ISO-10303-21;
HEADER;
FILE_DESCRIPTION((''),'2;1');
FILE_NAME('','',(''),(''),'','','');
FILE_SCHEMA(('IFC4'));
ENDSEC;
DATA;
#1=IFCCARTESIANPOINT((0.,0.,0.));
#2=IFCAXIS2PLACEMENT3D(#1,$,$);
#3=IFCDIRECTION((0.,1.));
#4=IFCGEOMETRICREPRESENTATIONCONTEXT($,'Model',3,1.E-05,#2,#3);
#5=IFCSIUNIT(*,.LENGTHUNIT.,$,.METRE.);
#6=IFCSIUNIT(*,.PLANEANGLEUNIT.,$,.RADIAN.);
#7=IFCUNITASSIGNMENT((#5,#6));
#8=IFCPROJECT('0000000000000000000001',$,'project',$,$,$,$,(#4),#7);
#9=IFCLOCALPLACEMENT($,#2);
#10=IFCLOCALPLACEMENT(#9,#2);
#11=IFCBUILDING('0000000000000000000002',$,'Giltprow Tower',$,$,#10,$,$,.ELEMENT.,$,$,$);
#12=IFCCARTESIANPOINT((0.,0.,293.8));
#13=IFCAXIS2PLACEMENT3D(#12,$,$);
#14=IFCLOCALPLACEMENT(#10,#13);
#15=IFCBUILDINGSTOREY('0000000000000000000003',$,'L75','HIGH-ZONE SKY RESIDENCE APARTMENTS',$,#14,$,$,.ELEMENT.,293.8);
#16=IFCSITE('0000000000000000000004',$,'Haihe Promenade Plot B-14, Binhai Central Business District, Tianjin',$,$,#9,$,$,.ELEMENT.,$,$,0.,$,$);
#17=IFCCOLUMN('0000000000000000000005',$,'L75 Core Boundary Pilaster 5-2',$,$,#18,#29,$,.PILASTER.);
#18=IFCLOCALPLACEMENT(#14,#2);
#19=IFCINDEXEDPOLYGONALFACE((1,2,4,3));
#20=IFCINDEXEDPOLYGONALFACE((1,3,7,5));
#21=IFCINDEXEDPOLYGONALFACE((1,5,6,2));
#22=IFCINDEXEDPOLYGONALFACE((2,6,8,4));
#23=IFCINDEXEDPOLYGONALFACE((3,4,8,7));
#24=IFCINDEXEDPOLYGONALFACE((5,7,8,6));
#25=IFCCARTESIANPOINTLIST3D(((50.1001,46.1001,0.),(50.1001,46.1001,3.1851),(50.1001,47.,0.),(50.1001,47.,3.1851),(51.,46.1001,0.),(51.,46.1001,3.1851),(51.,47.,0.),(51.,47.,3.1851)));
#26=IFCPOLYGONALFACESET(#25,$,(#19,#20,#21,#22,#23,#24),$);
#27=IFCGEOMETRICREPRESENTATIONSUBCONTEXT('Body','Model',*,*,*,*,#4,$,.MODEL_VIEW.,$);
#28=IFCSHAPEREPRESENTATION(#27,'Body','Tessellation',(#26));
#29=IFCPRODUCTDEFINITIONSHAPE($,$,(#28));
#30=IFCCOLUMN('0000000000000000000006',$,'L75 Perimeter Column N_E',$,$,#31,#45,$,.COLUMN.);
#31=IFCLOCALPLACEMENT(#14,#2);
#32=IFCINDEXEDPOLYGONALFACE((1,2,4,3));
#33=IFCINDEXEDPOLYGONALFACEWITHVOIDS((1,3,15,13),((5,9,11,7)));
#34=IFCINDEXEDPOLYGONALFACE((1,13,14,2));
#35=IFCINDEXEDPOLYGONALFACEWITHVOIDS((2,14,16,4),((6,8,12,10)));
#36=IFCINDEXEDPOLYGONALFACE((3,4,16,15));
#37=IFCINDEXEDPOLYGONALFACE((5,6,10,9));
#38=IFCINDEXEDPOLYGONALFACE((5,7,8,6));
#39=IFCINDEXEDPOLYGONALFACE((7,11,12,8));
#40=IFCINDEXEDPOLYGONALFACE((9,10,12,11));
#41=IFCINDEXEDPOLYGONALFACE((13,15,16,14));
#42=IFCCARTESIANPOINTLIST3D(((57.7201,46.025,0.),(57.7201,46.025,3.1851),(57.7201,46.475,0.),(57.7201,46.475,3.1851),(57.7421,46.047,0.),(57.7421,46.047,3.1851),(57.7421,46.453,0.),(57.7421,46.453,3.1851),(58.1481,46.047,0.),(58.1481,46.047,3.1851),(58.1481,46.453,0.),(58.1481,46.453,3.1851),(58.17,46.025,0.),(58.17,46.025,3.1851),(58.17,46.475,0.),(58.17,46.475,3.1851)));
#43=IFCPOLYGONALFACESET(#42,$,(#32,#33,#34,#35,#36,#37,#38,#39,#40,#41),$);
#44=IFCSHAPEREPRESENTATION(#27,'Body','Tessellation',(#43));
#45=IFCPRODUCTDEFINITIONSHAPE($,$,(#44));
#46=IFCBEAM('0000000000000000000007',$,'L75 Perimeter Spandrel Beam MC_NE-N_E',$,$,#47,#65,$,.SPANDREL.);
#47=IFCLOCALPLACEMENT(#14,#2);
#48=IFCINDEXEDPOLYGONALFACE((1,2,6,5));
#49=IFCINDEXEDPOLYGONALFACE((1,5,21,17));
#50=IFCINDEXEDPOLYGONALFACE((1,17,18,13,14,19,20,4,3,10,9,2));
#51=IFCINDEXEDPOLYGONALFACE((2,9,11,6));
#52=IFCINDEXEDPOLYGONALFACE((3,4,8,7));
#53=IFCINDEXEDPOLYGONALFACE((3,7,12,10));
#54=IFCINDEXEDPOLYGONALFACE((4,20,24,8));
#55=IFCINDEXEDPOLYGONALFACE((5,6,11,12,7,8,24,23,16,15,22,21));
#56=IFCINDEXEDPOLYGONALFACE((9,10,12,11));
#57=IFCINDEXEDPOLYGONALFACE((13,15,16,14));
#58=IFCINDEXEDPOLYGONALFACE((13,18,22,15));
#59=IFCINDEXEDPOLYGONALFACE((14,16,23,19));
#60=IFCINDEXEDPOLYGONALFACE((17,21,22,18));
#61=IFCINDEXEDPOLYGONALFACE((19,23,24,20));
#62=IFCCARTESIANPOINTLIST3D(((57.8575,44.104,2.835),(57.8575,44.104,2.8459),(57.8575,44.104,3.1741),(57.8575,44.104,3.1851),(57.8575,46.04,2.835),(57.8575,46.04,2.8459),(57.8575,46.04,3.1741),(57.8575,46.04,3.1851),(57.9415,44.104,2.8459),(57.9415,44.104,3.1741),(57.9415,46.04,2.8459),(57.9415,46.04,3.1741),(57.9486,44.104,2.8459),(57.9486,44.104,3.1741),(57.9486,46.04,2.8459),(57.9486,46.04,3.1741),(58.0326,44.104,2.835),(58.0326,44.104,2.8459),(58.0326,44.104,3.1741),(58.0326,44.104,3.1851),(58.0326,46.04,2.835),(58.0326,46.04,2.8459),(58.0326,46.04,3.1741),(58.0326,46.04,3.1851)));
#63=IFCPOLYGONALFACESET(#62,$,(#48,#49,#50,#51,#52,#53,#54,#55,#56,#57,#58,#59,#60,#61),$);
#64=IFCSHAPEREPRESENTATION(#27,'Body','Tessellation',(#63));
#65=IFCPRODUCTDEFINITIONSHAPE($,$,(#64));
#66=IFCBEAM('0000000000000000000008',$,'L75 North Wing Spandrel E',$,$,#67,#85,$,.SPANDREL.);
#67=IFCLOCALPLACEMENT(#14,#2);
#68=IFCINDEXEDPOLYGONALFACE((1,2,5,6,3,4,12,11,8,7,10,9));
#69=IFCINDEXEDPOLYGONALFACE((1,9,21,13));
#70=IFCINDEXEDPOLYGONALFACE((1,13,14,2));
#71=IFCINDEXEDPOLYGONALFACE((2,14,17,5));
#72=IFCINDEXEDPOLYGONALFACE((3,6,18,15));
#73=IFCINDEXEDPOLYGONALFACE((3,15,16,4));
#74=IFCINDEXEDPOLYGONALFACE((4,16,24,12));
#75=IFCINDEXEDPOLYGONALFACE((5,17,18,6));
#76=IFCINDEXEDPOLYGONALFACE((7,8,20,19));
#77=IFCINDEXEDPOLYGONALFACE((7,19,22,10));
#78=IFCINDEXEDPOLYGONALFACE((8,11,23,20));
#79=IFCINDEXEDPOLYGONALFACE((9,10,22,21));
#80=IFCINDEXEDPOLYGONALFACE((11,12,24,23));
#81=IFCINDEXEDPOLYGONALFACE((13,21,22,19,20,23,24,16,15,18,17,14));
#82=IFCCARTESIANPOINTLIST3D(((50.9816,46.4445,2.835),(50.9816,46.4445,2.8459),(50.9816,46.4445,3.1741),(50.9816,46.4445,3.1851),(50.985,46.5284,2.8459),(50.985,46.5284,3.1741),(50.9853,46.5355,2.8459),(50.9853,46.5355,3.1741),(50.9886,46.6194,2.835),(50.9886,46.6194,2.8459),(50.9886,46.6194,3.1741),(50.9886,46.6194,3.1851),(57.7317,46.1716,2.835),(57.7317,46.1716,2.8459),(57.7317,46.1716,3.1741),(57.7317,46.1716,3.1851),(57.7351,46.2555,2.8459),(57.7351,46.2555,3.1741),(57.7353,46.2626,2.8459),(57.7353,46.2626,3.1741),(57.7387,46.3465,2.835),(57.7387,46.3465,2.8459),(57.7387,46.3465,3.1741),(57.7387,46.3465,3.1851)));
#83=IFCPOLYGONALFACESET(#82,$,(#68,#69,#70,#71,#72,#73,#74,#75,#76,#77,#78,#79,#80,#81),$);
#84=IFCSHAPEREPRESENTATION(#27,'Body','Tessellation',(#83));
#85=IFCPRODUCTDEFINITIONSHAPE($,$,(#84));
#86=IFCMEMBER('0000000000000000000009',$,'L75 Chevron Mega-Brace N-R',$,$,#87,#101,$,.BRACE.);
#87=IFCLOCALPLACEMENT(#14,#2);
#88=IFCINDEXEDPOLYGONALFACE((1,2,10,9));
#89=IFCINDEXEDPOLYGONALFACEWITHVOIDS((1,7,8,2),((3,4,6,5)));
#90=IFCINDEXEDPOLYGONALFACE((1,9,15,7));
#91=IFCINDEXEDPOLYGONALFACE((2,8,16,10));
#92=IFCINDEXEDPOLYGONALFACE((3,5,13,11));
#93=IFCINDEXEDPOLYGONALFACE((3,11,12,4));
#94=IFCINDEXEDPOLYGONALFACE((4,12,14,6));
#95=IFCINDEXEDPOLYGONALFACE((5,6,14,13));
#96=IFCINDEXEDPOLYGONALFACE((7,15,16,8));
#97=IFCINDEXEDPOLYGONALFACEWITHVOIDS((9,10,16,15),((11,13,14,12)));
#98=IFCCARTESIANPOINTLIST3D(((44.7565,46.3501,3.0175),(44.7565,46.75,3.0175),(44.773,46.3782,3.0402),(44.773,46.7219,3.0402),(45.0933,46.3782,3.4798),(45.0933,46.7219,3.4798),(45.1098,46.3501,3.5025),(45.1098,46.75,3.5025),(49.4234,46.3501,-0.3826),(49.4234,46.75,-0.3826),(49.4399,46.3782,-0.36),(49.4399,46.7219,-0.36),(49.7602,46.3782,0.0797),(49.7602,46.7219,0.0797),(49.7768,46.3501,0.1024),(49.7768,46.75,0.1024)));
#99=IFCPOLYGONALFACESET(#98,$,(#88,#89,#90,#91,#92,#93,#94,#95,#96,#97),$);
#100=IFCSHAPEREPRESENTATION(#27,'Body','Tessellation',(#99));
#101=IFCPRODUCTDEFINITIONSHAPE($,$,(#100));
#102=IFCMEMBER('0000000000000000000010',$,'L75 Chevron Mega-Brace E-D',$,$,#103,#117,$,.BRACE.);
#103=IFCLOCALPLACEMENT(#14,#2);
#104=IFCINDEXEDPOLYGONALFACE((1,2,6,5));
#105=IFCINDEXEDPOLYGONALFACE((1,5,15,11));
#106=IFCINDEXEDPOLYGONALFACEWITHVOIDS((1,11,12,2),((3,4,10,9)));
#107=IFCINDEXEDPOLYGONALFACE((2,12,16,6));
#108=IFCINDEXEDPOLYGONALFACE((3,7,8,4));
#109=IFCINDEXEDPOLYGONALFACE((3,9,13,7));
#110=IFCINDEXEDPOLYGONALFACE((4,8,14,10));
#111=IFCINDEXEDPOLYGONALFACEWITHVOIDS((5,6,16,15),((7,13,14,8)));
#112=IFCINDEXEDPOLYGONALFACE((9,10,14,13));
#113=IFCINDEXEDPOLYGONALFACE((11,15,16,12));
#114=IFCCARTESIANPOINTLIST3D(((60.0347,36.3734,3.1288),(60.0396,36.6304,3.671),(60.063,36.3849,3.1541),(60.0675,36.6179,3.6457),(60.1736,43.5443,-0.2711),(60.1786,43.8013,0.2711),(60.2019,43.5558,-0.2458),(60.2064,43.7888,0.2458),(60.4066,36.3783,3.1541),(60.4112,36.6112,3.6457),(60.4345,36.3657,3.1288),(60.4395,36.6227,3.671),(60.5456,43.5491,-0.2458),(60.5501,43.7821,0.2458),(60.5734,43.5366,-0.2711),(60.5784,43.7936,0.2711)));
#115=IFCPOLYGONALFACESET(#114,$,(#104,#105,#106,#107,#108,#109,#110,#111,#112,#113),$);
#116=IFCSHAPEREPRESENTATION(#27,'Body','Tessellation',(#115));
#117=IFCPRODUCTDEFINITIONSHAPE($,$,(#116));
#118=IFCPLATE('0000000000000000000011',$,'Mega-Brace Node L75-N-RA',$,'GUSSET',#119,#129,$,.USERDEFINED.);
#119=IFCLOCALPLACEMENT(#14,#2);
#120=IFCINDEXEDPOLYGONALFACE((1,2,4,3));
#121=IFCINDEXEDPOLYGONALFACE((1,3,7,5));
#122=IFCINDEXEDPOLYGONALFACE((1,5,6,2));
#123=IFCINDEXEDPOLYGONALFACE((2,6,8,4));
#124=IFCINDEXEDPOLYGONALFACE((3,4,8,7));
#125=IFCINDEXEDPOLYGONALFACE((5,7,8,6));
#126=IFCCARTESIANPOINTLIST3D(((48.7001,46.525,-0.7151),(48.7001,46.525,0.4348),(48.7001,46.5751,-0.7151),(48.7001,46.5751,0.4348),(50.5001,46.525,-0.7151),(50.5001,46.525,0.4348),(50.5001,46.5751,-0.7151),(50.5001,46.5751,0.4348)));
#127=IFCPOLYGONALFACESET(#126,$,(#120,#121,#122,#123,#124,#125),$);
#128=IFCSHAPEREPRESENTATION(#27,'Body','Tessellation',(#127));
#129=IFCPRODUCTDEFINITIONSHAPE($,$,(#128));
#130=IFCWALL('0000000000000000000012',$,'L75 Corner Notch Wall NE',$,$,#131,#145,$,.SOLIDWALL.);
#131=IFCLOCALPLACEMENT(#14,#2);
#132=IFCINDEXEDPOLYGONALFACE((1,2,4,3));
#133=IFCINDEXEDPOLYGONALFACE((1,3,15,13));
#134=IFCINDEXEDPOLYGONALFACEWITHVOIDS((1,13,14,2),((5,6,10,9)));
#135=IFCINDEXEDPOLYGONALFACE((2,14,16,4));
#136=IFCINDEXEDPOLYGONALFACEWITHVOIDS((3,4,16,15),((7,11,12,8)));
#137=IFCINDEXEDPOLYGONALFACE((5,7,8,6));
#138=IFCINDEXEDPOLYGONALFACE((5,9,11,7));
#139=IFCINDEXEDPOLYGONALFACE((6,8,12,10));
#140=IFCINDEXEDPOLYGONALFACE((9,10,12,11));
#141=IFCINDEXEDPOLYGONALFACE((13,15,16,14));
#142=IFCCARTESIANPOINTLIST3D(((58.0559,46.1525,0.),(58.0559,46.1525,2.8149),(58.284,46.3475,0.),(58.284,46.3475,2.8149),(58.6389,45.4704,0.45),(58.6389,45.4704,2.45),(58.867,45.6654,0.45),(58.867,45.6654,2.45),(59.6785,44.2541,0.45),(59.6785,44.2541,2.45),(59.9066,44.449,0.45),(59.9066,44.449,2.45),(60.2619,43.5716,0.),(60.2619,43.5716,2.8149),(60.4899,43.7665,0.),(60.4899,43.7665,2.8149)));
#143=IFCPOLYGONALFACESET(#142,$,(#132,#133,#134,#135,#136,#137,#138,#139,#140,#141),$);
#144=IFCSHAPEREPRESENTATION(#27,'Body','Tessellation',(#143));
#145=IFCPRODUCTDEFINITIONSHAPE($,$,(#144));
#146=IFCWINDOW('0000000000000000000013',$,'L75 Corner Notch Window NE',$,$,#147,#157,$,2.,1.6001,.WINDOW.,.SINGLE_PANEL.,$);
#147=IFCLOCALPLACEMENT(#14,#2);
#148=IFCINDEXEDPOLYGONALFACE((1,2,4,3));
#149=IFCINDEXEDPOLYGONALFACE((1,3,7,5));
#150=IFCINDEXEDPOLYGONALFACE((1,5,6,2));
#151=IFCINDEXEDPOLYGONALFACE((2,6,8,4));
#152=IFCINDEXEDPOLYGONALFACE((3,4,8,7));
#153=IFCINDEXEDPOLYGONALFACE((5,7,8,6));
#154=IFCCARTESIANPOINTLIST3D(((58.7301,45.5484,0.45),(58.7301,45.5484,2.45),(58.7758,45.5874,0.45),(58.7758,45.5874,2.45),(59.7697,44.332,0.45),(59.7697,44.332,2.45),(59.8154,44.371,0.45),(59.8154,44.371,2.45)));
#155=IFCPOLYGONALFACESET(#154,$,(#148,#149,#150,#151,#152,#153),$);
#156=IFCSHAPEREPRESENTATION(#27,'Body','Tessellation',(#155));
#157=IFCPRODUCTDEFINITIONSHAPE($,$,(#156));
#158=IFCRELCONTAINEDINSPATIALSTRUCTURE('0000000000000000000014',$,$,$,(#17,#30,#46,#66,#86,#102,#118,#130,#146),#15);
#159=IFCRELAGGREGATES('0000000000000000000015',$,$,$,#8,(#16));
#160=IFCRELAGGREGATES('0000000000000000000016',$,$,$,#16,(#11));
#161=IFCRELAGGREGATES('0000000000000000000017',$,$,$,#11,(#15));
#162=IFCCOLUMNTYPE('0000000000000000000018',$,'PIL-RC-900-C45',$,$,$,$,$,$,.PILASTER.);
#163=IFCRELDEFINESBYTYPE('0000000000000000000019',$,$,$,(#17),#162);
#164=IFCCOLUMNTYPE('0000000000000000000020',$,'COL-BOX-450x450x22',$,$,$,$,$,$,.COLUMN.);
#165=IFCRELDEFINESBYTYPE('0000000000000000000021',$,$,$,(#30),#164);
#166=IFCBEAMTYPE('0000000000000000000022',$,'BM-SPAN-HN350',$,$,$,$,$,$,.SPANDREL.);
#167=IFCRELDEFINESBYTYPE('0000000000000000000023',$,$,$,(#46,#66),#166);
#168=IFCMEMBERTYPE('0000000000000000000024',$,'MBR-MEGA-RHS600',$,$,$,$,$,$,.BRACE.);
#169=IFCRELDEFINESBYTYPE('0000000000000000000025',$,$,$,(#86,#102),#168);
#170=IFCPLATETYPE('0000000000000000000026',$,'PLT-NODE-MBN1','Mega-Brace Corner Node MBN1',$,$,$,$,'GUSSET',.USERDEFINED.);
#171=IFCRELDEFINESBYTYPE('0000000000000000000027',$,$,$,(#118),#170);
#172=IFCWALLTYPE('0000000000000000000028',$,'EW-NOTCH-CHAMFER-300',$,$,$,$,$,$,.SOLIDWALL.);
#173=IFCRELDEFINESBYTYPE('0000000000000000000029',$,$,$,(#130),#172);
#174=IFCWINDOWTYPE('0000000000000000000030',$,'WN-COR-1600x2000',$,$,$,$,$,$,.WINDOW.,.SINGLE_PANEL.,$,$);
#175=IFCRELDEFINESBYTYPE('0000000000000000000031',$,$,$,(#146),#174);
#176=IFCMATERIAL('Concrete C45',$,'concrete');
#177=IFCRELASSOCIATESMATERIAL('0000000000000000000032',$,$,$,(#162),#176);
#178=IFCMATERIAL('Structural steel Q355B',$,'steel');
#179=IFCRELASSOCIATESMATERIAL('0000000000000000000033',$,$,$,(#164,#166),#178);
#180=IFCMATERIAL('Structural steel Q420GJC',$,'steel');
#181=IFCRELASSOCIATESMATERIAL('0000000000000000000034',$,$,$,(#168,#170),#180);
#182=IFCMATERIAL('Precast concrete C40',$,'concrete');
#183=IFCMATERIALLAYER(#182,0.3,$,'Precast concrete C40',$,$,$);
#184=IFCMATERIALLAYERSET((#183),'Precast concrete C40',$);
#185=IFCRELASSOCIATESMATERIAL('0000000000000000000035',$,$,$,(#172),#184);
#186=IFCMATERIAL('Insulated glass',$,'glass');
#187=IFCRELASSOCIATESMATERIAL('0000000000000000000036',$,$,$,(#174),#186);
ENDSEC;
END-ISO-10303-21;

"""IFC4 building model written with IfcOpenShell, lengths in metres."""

from ifc_helpers import new_model, si_unit, direction, frame, frame_2d, origin, origin_2d, place, context, subcontext, project, spatial, rectangle, hollow_rectangle, i_section, extrude, source, transform, mapped, material, layer, layer_set, material_profile, profile_set, type_object, element, fill, save


model = new_model("IFC4")

# Units and contexts
model_context = context("Model", 3, precision=1e-05, world=origin(), true_north=direction((0.0, 1.0)))
body_context = subcontext(model_context, "Body", "Model", "MODEL_VIEW")
ifc_project = project(units=[si_unit("LENGTHUNIT", "METRE"), si_unit("PLANEANGLEUNIT", "RADIAN")], contexts=[model_context])

# Site, building, storey
site_placement = place(None, origin())
site = spatial("IfcSite", under=ifc_project, at=site_placement, Name="Haihe Promenade Plot B-14, Binhai Central Business District, Tianjin", CompositionType="ELEMENT", RefElevation=0.0)
building_placement = place(site_placement, origin())
building = spatial("IfcBuilding", under=site, at=building_placement, Name="Giltprow Tower", CompositionType="ELEMENT")
storey_placement = place(building_placement, frame((0.0, 0.0, 293.8)))
storey = spatial("IfcBuildingStorey", under=building, at=storey_placement, Name="L75", Description="HIGH-ZONE SKY RESIDENCE APARTMENTS", CompositionType="ELEMENT", Elevation=293.8)

# Columns
ifc_material_1 = material(Name="Concrete C45", Category="concrete")
ifc_material_profile_1 = material_profile(ifc_material_1, rectangle(XDim=0.8999, YDim=0.8999, at=origin_2d()), Name="RC 900x900")
ifc_profile_set_1 = profile_set([ifc_material_profile_1], Name="Concrete C45")
column_type_1 = type_object("IfcColumnType", Name="PIL-RC-900-C45", PredefinedType="PILASTER", material=ifc_profile_set_1)
shared_shape_1 = source(origin(), body_context, "Body", "SweptSolid", [
    extrude(rectangle(XDim=0.8999, YDim=0.8999, at=origin_2d()), origin(), (0.0, 0.0, 1.0), 3.1851),
])
column_1_placement = place(storey_placement, frame((50.55, 46.55, 0.0), z_axis=(0.0, 0.0, 1.0), x_axis=(1.0, 0.0, 0.0)))
element("IfcColumn", 1, at=column_1_placement, inside=storey, type_object=column_type_1, Name="L75 Core Boundary Pilaster 5-2", PredefinedType="PILASTER", context=body_context, shape_type="MappedRepresentation", body=[
    mapped(shared_shape_1, transform((0.0, 0.0, 0.0), x_axis=(1.0, 0.0, 0.0), y_axis=(0.0, 1.0, 0.0), z_axis=(0.0, 0.0, 1.0), scale=1.0)),
])
ifc_material_2 = material(Name="Structural steel Q355B", Category="steel")
ifc_material_profile_2 = material_profile(ifc_material_2, hollow_rectangle(XDim=0.45, YDim=0.45, WallThickness=0.022, at=origin_2d()), Name="BOX 450x450x22")
ifc_profile_set_2 = profile_set([ifc_material_profile_2], Name="Structural steel Q355B")
column_type_2 = type_object("IfcColumnType", Name="COL-BOX-450x450x22", PredefinedType="COLUMN", material=ifc_profile_set_2)
shared_shape_2 = source(origin(), body_context, "Body", "SweptSolid", [
    extrude(hollow_rectangle(XDim=0.45, YDim=0.45, WallThickness=0.022, at=origin_2d()), origin(), (0.0, 0.0, 1.0), 3.1851),
])
column_2_placement = place(storey_placement, frame((57.9451, 46.25, 0.0), z_axis=(0.0, 0.0, 1.0), x_axis=(1.0, 0.0, 0.0)))
element("IfcColumn", 2, at=column_2_placement, inside=storey, type_object=column_type_2, Name="L75 Perimeter Column N_E", PredefinedType="COLUMN", context=body_context, shape_type="MappedRepresentation", body=[
    mapped(shared_shape_2, transform((0.0, 0.0, 0.0), x_axis=(1.0, 0.0, 0.0), y_axis=(0.0, 1.0, 0.0), z_axis=(0.0, 0.0, 1.0), scale=1.0)),
])

# Beams
ifc_material_profile_3 = material_profile(ifc_material_2, i_section(OverallWidth=0.175, OverallDepth=0.3501, WebThickness=0.0071, FlangeThickness=0.011, at=origin_2d()), Name="HN 350x175x7x11")
ifc_profile_set_3 = profile_set([ifc_material_profile_3], Name="Structural steel Q355B")
beam_type = type_object("IfcBeamType", Name="BM-SPAN-HN350", PredefinedType="SPANDREL", material=ifc_profile_set_3)
shared_shape_3 = source(origin(), body_context, "Body", "SweptSolid", [
    extrude(i_section(OverallWidth=0.175, OverallDepth=0.3501, WebThickness=0.0071, FlangeThickness=0.011, at=origin_2d()), origin(), (0.0, 0.0, 1.0), 1.936),
])
beam_1_placement = place(storey_placement, frame((57.9451, 44.104, 3.01), z_axis=(0.0, 1.0, 0.0), x_axis=(-1.0, 0.0, 0.0)))
element("IfcBeam", 3, at=beam_1_placement, inside=storey, type_object=beam_type, Name="L75 Perimeter Spandrel Beam MC_NE-N_E", PredefinedType="SPANDREL", context=body_context, shape_type="MappedRepresentation", body=[
    mapped(shared_shape_3, transform((0.0, 0.0, 0.0), x_axis=(1.0, 0.0, 0.0), y_axis=(0.0, 1.0, 0.0), z_axis=(0.0, 0.0, 1.0), scale=1.0)),
])
shared_shape_4 = source(origin(), body_context, "Body", "SweptSolid", [
    extrude(i_section(OverallWidth=0.175, OverallDepth=0.3501, WebThickness=0.0071, FlangeThickness=0.011, at=origin_2d()), origin(), (0.0, 0.0, 1.0), 6.7556),
])
beam_2_placement = place(storey_placement, frame((50.9851, 46.532, 3.01), z_axis=(0.999183, -0.040404, 0.0), x_axis=(0.040404, 0.999183, 0.0)))
element("IfcBeam", 4, at=beam_2_placement, inside=storey, type_object=beam_type, Name="L75 North Wing Spandrel E", PredefinedType="SPANDREL", context=body_context, shape_type="MappedRepresentation", body=[
    mapped(shared_shape_4, transform((0.0, 0.0, 0.0), x_axis=(1.0, 0.0, 0.0), y_axis=(0.0, 1.0, 0.0), z_axis=(0.0, 0.0, 1.0), scale=1.0)),
])

# Members
ifc_material_3 = material(Name="Structural steel Q420GJC", Category="steel")
ifc_material_profile_4 = material_profile(ifc_material_3, hollow_rectangle(XDim=0.3999, YDim=0.6001, WallThickness=0.0281, at=origin_2d()), Name="RHS 600x400x28")
ifc_profile_set_4 = profile_set([ifc_material_profile_4], Name="Structural steel Q420GJC")
member_type = type_object("IfcMemberType", Name="MBR-MEGA-RHS600", PredefinedType="BRACE", material=ifc_profile_set_4)
shared_shape_5 = source(origin(), body_context, "Body", "SweptSolid", [
    extrude(hollow_rectangle(XDim=0.3999, YDim=0.6001, WallThickness=0.0281, at=origin_2d()), origin(), (0.0, 0.0, 1.0), 5.7742),
])
member_1_placement = place(storey_placement, frame((49.6001, 46.55, -0.1401), z_axis=(-0.808244, 0.0, 0.588848), x_axis=(0.0, -1.0, 0.0)))
element("IfcMember", 5, at=member_1_placement, inside=storey, type_object=member_type, Name="L75 Chevron Mega-Brace N-R", PredefinedType="BRACE", context=body_context, shape_type="MappedRepresentation", body=[
    mapped(shared_shape_5, transform((0.0, 0.0, 0.0), x_axis=(1.0, 0.0, 0.0), y_axis=(0.0, 1.0, 0.0), z_axis=(0.0, 0.0, 1.0), scale=1.0)),
])
shared_shape_6 = source(origin(), body_context, "Body", "SweptSolid", [
    extrude(hollow_rectangle(XDim=0.3999, YDim=0.6001, WallThickness=0.0281, at=origin_2d()), origin(), (0.0, 0.0, 1.0), 7.9373),
])
member_2_placement = place(storey_placement, frame((60.376, 43.6689, 0.0), z_axis=(-0.017502, -0.903445, 0.428346), x_axis=(0.999812, -0.019369, 0.0)))
element("IfcMember", 6, at=member_2_placement, inside=storey, type_object=member_type, Name="L75 Chevron Mega-Brace E-D", PredefinedType="BRACE", context=body_context, shape_type="MappedRepresentation", body=[
    mapped(shared_shape_6, transform((0.0, 0.0, 0.0), x_axis=(1.0, 0.0, 0.0), y_axis=(0.0, 1.0, 0.0), z_axis=(0.0, 0.0, 1.0), scale=1.0)),
])

# Plate
plate_type = type_object("IfcPlateType", Name="PLT-NODE-MBN1", Description="Mega-Brace Corner Node MBN1", ElementType="GUSSET", PredefinedType="USERDEFINED", material=ifc_material_3)
shared_shape_7 = source(origin(), body_context, "Body", "SweptSolid", [
    extrude(rectangle(XDim=1.8, YDim=0.05, at=origin_2d()), origin(), (0.0, 0.0, 1.0), 1.1499),
])
plate_placement = place(storey_placement, frame((49.6001, 46.55, -0.7151), z_axis=(0.0, 0.0, 1.0), x_axis=(1.0, 0.0, 0.0)))
element("IfcPlate", 7, at=plate_placement, inside=storey, type_object=plate_type, Name="Mega-Brace Node L75-N-RA", ObjectType="GUSSET", PredefinedType="USERDEFINED", context=body_context, shape_type="MappedRepresentation", body=[
    mapped(shared_shape_7, transform((0.0, 0.0, 0.0), x_axis=(1.0, 0.0, 0.0), y_axis=(0.0, 1.0, 0.0), z_axis=(0.0, 0.0, 1.0), scale=1.0)),
])

# Wall, opening, window
ifc_material_4 = material(Name="Precast concrete C40", Category="concrete")
ifc_layer_1 = layer(ifc_material_4, 0.3, Name="Precast concrete C40")
ifc_layer_set_1 = layer_set([ifc_layer_1], Name="Precast concrete C40")
wall_type_1 = type_object("IfcWallType", Name="EW-NOTCH-CHAMFER-300", PredefinedType="SOLIDWALL", material=ifc_layer_set_1)
wall_1_placement = place(storey_placement, frame((60.376, 43.6689, 0.0), z_axis=(0.0, 0.0, 1.0), x_axis=(-0.649725, 0.760169, 0.0)))
wall_1 = element("IfcWall", 8, at=wall_1_placement, inside=storey, type_object=wall_type_1, Name="L75 Corner Notch Wall NE", PredefinedType="SOLIDWALL", context=body_context, shape_type="SweptSolid", body=[
    extrude(rectangle(XDim=3.3953, YDim=0.3, at=frame_2d((1.6978, 0.0))), origin(), (0.0, 0.0, 1.0), 2.8149),
])
opening_1_placement = place(wall_1_placement, frame((0.8979, 0.0, 0.45)))
opening_1 = element("IfcOpeningElement", 9, at=opening_1_placement, cuts=wall_1, PredefinedType="OPENING", context=body_context, shape_type="SweptSolid", body=[
    extrude(rectangle(XDim=1.6001, YDim=2.0, at=frame_2d((0.8, 1.0))), frame((0.0, 0.1599, 0.0), z_axis=(0.0, -1.0, 0.0), x_axis=(1.0, 0.0, 0.0)), (0.0, 0.0, 1.0), 0.3201),
])
ifc_material_5 = material(Name="Insulated glass", Category="glass")
window_type = type_object("IfcWindowType", Name="WN-COR-1600x2000", PartitioningType="SINGLE_PANEL", PredefinedType="WINDOW", material=ifc_material_5)
shared_shape_8 = source(origin(), body_context, "Body", "SweptSolid", [
    extrude(rectangle(XDim=1.6001, YDim=2.0, at=frame_2d((0.8, 1.0))), frame((0.0, 0.03, 0.0), z_axis=(0.0, -1.0, 0.0), x_axis=(1.0, 0.0, 0.0)), (0.0, 0.0, 1.0), 0.0601),
])
window_1_placement = place(opening_1_placement, origin())
window_1 = element("IfcWindow", 10, at=window_1_placement, inside=storey, type_object=window_type, Name="L75 Corner Notch Window NE", OverallHeight=2.0, OverallWidth=1.6001, PartitioningType="SINGLE_PANEL", PredefinedType="WINDOW", context=body_context, shape_type="MappedRepresentation", body=[
    mapped(shared_shape_8, transform((0.0, 0.0, 0.0), x_axis=(1.0, 0.0, 0.0), y_axis=(0.0, 1.0, 0.0), z_axis=(0.0, 0.0, 1.0), scale=1.0)),
])
fill(opening_1, window_1)

save(model, "model.ifc")
